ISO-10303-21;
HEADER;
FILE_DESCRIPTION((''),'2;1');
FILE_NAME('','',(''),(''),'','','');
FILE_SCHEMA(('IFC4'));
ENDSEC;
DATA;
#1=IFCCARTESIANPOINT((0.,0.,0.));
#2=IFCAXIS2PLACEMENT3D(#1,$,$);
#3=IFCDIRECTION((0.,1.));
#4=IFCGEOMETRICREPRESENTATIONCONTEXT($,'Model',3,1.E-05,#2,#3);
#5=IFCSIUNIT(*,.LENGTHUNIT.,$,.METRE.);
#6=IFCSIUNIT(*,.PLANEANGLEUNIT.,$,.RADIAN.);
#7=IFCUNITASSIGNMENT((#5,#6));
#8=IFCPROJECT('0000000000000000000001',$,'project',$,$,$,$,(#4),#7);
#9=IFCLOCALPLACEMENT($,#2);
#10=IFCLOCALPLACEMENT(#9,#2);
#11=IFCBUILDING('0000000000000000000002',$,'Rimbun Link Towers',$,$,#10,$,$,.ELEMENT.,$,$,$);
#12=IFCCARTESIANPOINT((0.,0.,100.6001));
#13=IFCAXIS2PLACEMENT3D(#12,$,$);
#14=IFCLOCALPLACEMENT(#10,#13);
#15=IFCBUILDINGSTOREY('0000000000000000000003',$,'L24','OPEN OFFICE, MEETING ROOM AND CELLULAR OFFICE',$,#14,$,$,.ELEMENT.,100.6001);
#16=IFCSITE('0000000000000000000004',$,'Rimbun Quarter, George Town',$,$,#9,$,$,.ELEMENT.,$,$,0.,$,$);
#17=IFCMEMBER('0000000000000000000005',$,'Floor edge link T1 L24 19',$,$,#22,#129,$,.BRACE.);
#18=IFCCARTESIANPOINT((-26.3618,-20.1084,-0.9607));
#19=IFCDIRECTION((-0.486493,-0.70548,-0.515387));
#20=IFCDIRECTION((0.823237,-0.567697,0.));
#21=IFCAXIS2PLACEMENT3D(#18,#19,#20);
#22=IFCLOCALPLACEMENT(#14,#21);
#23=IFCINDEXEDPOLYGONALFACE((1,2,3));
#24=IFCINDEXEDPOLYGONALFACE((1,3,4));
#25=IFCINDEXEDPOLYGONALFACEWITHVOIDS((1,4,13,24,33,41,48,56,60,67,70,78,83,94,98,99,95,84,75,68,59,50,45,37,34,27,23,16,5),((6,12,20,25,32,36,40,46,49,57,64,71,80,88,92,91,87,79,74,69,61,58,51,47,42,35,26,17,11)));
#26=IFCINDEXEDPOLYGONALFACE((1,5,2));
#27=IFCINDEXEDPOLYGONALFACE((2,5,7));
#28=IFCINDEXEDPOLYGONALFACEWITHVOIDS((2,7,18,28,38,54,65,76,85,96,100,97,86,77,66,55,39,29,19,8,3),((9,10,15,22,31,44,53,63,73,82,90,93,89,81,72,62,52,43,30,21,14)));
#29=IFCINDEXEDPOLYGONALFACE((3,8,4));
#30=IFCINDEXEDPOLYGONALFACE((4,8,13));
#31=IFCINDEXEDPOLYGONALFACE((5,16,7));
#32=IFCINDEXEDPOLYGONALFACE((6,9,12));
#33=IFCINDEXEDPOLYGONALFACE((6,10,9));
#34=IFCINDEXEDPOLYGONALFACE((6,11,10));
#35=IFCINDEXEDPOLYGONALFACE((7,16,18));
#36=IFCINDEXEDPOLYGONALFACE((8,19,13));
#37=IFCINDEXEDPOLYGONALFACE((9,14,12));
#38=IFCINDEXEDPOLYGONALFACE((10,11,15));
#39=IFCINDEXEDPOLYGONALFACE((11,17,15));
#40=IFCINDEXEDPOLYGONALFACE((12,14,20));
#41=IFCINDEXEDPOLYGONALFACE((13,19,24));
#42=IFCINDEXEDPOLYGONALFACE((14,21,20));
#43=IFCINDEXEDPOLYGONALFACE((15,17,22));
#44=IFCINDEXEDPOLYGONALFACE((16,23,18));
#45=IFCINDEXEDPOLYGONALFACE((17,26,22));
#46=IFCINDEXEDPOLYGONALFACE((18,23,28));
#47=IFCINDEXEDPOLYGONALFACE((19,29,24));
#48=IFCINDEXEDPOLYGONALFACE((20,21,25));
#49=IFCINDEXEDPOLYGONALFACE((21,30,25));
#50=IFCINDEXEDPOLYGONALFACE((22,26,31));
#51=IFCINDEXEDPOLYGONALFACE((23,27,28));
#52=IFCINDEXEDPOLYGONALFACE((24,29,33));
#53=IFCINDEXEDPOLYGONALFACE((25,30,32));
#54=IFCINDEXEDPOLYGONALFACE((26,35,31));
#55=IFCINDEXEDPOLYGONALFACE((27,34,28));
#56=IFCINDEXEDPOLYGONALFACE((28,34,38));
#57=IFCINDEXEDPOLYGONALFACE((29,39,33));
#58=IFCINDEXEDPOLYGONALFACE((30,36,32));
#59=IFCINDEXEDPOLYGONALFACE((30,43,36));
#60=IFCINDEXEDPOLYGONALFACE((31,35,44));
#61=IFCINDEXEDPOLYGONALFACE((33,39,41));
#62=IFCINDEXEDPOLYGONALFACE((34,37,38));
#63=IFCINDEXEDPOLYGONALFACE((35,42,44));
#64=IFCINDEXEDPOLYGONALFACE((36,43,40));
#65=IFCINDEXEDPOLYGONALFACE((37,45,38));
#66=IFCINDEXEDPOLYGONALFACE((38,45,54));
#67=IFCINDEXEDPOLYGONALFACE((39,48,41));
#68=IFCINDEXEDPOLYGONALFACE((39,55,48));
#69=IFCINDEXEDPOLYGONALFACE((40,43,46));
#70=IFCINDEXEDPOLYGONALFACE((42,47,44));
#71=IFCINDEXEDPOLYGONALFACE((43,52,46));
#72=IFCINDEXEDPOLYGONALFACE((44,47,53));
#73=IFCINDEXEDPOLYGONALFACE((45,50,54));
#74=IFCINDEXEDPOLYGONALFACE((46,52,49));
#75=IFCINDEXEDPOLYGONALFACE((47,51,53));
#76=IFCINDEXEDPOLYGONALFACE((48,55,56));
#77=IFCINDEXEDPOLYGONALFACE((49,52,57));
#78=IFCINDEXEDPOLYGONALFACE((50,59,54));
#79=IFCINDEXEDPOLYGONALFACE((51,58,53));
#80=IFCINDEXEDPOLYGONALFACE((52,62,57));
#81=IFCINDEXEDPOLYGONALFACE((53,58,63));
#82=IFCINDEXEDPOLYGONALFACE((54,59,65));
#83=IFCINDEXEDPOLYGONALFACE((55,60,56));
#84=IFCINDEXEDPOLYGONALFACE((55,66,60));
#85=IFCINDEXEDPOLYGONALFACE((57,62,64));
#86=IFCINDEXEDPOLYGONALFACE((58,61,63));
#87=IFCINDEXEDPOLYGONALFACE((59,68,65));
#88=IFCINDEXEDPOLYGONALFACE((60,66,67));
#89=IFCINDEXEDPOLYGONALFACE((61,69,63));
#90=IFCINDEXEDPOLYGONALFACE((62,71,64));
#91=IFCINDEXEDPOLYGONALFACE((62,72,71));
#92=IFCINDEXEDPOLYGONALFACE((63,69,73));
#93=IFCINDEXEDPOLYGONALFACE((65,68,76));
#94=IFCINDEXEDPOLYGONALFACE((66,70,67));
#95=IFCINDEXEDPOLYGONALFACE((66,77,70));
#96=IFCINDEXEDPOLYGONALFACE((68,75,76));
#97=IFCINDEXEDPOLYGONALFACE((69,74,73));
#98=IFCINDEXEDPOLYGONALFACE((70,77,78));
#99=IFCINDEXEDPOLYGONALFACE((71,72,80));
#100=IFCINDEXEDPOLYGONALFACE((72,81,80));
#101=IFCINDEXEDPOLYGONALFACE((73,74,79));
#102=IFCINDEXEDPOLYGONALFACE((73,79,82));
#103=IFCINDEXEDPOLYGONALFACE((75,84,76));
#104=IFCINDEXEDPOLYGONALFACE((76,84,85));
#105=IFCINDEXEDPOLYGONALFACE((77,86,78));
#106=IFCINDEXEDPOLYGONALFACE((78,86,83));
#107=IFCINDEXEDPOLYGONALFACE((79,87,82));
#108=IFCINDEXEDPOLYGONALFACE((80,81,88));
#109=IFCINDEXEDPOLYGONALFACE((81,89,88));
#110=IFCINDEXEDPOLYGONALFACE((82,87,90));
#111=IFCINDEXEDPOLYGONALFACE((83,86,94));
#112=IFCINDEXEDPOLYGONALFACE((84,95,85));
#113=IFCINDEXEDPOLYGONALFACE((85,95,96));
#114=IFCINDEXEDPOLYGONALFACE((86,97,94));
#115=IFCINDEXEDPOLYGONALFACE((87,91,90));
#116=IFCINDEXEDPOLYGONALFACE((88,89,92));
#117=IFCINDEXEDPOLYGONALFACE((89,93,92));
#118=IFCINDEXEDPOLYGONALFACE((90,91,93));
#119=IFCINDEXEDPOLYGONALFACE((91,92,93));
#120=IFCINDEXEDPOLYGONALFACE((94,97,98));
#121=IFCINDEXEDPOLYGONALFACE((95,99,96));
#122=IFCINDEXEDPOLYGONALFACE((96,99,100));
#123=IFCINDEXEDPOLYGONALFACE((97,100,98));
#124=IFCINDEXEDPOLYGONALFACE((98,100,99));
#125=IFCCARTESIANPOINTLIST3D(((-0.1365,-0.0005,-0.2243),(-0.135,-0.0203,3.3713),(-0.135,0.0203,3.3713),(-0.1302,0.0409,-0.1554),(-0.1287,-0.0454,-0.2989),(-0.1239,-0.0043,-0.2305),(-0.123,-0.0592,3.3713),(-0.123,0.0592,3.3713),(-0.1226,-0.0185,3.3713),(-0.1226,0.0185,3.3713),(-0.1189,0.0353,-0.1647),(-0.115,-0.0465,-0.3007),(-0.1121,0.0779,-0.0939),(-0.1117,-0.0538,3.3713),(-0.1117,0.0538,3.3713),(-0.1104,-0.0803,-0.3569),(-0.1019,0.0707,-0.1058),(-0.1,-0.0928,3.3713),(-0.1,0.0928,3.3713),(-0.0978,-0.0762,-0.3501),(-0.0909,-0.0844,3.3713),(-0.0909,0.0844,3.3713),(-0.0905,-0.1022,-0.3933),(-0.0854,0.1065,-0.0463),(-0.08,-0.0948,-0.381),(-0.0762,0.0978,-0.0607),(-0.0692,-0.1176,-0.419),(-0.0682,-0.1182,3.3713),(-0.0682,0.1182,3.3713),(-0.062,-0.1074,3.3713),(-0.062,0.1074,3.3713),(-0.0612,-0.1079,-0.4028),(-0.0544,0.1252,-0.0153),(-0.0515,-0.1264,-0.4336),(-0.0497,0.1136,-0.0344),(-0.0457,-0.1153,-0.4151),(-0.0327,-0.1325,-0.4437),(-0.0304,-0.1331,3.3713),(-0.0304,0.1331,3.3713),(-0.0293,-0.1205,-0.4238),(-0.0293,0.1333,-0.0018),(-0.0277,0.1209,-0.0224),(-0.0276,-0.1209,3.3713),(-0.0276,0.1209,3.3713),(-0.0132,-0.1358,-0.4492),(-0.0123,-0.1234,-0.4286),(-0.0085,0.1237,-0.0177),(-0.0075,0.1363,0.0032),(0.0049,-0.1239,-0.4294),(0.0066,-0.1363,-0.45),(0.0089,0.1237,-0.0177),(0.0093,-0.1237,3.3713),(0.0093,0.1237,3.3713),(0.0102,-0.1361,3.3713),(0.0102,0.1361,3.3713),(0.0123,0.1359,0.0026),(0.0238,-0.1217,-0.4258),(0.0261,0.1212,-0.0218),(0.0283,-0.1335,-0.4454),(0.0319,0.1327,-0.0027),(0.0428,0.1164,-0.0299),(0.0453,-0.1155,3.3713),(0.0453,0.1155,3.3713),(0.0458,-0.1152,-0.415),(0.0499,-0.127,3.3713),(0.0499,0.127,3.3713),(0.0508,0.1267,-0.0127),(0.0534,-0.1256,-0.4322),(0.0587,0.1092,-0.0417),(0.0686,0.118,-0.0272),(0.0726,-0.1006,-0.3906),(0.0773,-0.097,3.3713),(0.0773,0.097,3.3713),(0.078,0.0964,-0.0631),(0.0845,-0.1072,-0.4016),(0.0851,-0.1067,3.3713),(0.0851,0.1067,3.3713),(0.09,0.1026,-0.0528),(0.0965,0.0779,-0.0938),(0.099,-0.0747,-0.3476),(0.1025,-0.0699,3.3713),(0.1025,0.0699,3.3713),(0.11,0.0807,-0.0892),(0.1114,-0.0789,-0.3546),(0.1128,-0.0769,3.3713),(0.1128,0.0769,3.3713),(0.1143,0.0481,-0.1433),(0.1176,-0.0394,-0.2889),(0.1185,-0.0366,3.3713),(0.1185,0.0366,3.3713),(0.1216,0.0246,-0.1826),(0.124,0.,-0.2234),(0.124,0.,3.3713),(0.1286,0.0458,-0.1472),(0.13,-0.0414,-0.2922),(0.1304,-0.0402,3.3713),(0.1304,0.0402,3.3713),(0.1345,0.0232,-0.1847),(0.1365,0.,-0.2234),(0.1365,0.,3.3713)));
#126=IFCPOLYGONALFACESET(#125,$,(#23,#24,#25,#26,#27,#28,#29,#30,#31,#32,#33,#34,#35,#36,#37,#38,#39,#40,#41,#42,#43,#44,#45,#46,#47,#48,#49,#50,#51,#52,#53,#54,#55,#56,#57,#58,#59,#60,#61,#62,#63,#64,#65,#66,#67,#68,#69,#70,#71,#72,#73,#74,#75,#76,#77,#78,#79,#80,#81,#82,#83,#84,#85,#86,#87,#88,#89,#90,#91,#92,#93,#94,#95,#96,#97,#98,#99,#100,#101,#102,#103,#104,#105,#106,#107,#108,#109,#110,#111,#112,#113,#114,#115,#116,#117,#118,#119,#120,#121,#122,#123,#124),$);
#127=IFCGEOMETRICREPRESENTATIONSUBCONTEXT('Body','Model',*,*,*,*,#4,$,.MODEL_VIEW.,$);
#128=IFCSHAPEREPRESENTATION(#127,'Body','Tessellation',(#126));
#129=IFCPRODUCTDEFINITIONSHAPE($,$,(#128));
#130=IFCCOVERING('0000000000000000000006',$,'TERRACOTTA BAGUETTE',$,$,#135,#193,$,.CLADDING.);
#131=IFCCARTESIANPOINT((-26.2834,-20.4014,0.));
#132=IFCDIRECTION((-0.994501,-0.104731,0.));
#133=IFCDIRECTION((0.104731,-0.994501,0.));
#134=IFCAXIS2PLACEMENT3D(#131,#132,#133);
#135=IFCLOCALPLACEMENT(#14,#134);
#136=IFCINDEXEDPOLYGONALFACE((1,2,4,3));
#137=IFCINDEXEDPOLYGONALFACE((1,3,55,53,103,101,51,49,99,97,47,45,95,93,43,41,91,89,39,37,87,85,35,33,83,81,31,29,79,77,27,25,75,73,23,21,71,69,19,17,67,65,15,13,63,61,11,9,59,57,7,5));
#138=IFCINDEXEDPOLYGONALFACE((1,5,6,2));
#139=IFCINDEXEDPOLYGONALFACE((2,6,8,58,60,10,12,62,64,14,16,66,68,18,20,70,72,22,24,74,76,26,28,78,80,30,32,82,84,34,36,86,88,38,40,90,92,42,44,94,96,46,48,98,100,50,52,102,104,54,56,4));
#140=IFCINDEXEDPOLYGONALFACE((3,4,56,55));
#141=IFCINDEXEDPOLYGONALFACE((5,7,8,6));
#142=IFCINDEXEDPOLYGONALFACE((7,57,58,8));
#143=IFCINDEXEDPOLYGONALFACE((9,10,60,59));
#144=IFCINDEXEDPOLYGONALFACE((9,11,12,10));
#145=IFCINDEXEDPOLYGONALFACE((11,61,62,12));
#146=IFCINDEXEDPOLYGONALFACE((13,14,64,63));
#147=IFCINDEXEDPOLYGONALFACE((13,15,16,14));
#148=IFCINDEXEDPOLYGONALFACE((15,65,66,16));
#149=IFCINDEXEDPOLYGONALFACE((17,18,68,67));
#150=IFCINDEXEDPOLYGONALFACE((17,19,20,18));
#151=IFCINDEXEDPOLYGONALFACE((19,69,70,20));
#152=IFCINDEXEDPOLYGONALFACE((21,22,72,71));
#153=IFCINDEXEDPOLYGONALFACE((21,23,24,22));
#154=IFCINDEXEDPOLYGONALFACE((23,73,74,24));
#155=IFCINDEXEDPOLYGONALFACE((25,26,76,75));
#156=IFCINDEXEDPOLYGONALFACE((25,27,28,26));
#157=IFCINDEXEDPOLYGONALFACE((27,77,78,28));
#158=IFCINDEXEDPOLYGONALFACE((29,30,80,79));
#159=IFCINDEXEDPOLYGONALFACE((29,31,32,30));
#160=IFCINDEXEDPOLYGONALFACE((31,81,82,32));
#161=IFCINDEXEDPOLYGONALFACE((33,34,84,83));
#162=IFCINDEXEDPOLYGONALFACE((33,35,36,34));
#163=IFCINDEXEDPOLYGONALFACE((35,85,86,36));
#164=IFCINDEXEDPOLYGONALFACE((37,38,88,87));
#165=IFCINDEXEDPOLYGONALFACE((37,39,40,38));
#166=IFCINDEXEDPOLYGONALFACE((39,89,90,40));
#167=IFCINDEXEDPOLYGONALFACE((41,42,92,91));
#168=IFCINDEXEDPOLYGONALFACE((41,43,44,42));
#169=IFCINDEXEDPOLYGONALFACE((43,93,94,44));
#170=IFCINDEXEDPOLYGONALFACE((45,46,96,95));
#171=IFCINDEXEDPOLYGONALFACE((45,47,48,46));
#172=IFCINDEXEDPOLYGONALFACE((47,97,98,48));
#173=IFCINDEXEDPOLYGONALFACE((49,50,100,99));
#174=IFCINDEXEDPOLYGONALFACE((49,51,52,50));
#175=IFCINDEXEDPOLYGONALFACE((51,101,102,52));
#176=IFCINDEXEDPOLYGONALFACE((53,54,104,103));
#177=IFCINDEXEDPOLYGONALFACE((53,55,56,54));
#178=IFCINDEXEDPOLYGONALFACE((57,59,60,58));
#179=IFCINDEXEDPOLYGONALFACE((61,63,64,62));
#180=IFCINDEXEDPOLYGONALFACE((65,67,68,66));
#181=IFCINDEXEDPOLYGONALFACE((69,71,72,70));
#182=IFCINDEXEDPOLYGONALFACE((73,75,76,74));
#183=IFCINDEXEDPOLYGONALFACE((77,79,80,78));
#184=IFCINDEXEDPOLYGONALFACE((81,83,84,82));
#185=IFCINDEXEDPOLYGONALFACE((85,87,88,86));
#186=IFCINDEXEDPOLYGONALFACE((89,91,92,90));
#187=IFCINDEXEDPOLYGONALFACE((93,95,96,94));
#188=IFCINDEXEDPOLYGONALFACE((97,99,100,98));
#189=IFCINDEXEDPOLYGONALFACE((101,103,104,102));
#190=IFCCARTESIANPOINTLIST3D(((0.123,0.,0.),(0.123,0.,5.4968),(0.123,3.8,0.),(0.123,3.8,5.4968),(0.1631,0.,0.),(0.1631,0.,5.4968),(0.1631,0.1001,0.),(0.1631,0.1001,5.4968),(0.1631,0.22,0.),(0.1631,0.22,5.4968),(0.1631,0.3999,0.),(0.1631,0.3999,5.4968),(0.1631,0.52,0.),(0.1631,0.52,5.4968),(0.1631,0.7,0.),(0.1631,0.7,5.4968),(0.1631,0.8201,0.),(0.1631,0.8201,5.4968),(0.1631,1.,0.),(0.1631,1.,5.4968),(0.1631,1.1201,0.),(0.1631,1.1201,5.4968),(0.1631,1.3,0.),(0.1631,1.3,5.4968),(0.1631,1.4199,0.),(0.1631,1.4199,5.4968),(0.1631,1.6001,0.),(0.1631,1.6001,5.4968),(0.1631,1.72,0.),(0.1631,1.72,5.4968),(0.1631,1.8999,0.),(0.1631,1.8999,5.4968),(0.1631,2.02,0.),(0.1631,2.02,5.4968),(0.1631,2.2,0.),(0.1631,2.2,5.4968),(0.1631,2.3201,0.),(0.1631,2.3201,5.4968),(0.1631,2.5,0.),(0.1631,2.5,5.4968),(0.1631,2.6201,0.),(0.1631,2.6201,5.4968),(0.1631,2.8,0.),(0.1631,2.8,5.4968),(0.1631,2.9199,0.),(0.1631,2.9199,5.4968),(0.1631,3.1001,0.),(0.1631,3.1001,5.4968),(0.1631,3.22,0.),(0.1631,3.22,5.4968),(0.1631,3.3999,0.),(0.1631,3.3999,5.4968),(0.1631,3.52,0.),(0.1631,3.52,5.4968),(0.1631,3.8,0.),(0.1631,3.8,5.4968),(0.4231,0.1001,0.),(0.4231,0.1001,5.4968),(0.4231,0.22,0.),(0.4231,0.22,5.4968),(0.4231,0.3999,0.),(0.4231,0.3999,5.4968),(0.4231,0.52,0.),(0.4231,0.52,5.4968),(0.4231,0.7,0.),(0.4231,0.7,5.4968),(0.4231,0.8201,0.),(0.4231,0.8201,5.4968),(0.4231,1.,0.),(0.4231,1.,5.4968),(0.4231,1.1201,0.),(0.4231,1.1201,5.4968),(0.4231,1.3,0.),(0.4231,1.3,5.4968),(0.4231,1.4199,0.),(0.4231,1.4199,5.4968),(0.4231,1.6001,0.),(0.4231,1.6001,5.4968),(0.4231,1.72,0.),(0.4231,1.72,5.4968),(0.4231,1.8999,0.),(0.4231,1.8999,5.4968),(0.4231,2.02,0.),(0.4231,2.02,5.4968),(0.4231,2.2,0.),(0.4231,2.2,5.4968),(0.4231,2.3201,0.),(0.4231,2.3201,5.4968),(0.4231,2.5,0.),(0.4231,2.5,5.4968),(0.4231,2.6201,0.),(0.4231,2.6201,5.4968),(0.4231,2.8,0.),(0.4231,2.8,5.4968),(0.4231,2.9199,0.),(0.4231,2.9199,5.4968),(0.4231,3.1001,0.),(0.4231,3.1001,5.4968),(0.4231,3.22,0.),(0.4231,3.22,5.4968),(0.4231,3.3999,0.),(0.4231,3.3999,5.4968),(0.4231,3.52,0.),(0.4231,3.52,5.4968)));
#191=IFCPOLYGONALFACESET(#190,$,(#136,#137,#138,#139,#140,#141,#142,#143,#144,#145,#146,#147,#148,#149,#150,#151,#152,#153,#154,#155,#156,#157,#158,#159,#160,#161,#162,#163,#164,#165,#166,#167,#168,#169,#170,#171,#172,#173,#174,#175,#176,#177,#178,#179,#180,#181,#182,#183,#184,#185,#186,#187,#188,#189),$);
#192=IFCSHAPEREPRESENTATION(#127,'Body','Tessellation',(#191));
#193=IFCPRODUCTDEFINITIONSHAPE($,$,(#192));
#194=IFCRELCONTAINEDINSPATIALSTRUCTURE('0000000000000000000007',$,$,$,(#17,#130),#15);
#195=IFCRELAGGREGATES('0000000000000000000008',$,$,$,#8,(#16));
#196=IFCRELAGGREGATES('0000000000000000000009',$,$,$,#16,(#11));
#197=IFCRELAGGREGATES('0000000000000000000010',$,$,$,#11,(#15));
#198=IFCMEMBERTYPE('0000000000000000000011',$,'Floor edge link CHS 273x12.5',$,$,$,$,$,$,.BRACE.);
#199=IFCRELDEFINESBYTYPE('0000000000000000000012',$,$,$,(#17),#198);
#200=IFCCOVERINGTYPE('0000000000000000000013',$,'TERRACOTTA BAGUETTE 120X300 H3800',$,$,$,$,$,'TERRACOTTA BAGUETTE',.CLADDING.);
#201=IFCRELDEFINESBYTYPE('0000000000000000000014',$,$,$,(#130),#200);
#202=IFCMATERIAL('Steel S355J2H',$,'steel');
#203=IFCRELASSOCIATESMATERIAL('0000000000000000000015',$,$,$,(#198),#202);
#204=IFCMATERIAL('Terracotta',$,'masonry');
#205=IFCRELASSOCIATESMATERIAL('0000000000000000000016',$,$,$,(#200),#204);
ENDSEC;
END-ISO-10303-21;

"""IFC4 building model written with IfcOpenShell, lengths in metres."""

from ifc_helpers import new_model, si_unit, direction, frame, origin, origin_2d, place, context, subcontext, project, spatial, polyline, hollow_circle, outline, extrude, clip, halfspace, material, material_profile, profile_set, type_object, element, save


model = new_model("IFC4")

# Units and contexts
model_context = context("Model", 3, precision=1e-05, world=origin(), true_north=direction((0.0, 1.0)))
body_context = subcontext(model_context, "Body", "Model", "MODEL_VIEW")
ifc_project = project(units=[si_unit("LENGTHUNIT", "METRE"), si_unit("PLANEANGLEUNIT", "RADIAN")], contexts=[model_context])

# Site, building, storey
site_placement = place(None, origin())
site = spatial("IfcSite", under=ifc_project, at=site_placement, Name="Rimbun Quarter, George Town", CompositionType="ELEMENT", RefElevation=0.0)
building_placement = place(site_placement, origin())
building = spatial("IfcBuilding", under=site, at=building_placement, Name="Rimbun Link Towers", CompositionType="ELEMENT")
storey_placement = place(building_placement, frame((0.0, 0.0, 100.6001)))
storey = spatial("IfcBuildingStorey", under=building, at=storey_placement, Name="L24", Description="OPEN OFFICE, MEETING ROOM AND CELLULAR OFFICE", CompositionType="ELEMENT", Elevation=100.6001)

# Member
ifc_material_1 = material(Name="Steel S355J2H", Category="steel")
ifc_material_profile_1 = material_profile(ifc_material_1, hollow_circle(Radius=0.1365, WallThickness=0.0125, at=origin_2d()), Name="CHS 273x12.5")
ifc_profile_set_1 = profile_set([ifc_material_profile_1], Name="Steel S355J2H")
member_type_1 = type_object("IfcMemberType", Name="Floor edge link CHS 273x12.5", PredefinedType="BRACE", material=ifc_profile_set_1)
member_1_placement = place(storey_placement, frame((-26.3618, -20.1084, -0.9607), z_axis=(-0.486493, -0.70548, -0.515387), x_axis=(0.823237, -0.567697, 0.0)))
element("IfcMember", 1, at=member_1_placement, inside=storey, type_object=member_type_1, Name="Floor edge link T1 L24 19", PredefinedType="BRACE", context=body_context, shape_type="Clipping", body=[
    clip(extrude(hollow_circle(Radius=0.1365, WallThickness=0.0125, at=origin_2d()), frame((0.0, 0.0, -0.4734)), (0.0, 0.0, 1.0), 3.8447), halfspace(frame((0.0, 0.0, -0.2234), z_axis=(0.0, 0.856958, -0.515387)), False)),
])

# Covering
ifc_material_2 = material(Name="Terracotta", Category="masonry")
ifc_material_profile_2 = material_profile(ifc_material_2, outline(polyline([(0.123, 0.0), (0.1631, 0.0), (0.1631, 0.1001), (0.4231, 0.1001), (0.4231, 0.22), (0.1631, 0.22), (0.1631, 0.3999), (0.4231, 0.3999), (0.4231, 0.52), (0.1631, 0.52), (0.1631, 0.7), (0.4231, 0.7), (0.4231, 0.8201), (0.1631, 0.8201), (0.1631, 1.0), (0.4231, 1.0), (0.4231, 1.1201), (0.1631, 1.1201), (0.1631, 1.3), (0.4231, 1.3), (0.4231, 1.4199), (0.1631, 1.4199), (0.1631, 1.6001), (0.4231, 1.6001), (0.4231, 1.72), (0.1631, 1.72), (0.1631, 1.8999), (0.4231, 1.8999), (0.4231, 2.02), (0.1631, 2.02), (0.1631, 2.2), (0.4231, 2.2), (0.4231, 2.3201), (0.1631, 2.3201), (0.1631, 2.5), (0.4231, 2.5), (0.4231, 2.6201), (0.1631, 2.6201), (0.1631, 2.8), (0.4231, 2.8), (0.4231, 2.9199), (0.1631, 2.9199), (0.1631, 3.1001), (0.4231, 3.1001), (0.4231, 3.22), (0.1631, 3.22), (0.1631, 3.3999), (0.4231, 3.3999), (0.4231, 3.52), (0.1631, 3.52), (0.1631, 3.8), (0.123, 3.8), (0.123, 0.0)])), Name="BAGUETTE 120X300")
ifc_profile_set_2 = profile_set([ifc_material_profile_2], Name="Terracotta")
covering_type = type_object("IfcCoveringType", Name="TERRACOTTA BAGUETTE 120X300 H3800", ElementType="TERRACOTTA BAGUETTE", PredefinedType="CLADDING", material=ifc_profile_set_2)
covering_1_placement = place(storey_placement, frame((-26.2834, -20.4014, 0.0), z_axis=(-0.994501, -0.104731, 0.0), x_axis=(0.104731, -0.994501, 0.0)))
element("IfcCovering", 2, at=covering_1_placement, inside=storey, type_object=covering_type, Name="TERRACOTTA BAGUETTE", PredefinedType="CLADDING", context=body_context, shape_type="SweptSolid", body=[
    extrude(outline(polyline([(0.123, 0.0), (0.1631, 0.0), (0.1631, 0.1001), (0.4231, 0.1001), (0.4231, 0.22), (0.1631, 0.22), (0.1631, 0.3999), (0.4231, 0.3999), (0.4231, 0.52), (0.1631, 0.52), (0.1631, 0.7), (0.4231, 0.7), (0.4231, 0.8201), (0.1631, 0.8201), (0.1631, 1.0), (0.4231, 1.0), (0.4231, 1.1201), (0.1631, 1.1201), (0.1631, 1.3), (0.4231, 1.3), (0.4231, 1.4199), (0.1631, 1.4199), (0.1631, 1.6001), (0.4231, 1.6001), (0.4231, 1.72), (0.1631, 1.72), (0.1631, 1.8999), (0.4231, 1.8999), (0.4231, 2.02), (0.1631, 2.02), (0.1631, 2.2), (0.4231, 2.2), (0.4231, 2.3201), (0.1631, 2.3201), (0.1631, 2.5), (0.4231, 2.5), (0.4231, 2.6201), (0.1631, 2.6201), (0.1631, 2.8), (0.4231, 2.8), (0.4231, 2.9199), (0.1631, 2.9199), (0.1631, 3.1001), (0.4231, 3.1001), (0.4231, 3.22), (0.1631, 3.22), (0.1631, 3.3999), (0.4231, 3.3999), (0.4231, 3.52), (0.1631, 3.52), (0.1631, 3.8), (0.123, 3.8), (0.123, 0.0)])), origin(), (0.0, 0.0, 1.0), 5.4968),
])

save(model, "model.ifc")
